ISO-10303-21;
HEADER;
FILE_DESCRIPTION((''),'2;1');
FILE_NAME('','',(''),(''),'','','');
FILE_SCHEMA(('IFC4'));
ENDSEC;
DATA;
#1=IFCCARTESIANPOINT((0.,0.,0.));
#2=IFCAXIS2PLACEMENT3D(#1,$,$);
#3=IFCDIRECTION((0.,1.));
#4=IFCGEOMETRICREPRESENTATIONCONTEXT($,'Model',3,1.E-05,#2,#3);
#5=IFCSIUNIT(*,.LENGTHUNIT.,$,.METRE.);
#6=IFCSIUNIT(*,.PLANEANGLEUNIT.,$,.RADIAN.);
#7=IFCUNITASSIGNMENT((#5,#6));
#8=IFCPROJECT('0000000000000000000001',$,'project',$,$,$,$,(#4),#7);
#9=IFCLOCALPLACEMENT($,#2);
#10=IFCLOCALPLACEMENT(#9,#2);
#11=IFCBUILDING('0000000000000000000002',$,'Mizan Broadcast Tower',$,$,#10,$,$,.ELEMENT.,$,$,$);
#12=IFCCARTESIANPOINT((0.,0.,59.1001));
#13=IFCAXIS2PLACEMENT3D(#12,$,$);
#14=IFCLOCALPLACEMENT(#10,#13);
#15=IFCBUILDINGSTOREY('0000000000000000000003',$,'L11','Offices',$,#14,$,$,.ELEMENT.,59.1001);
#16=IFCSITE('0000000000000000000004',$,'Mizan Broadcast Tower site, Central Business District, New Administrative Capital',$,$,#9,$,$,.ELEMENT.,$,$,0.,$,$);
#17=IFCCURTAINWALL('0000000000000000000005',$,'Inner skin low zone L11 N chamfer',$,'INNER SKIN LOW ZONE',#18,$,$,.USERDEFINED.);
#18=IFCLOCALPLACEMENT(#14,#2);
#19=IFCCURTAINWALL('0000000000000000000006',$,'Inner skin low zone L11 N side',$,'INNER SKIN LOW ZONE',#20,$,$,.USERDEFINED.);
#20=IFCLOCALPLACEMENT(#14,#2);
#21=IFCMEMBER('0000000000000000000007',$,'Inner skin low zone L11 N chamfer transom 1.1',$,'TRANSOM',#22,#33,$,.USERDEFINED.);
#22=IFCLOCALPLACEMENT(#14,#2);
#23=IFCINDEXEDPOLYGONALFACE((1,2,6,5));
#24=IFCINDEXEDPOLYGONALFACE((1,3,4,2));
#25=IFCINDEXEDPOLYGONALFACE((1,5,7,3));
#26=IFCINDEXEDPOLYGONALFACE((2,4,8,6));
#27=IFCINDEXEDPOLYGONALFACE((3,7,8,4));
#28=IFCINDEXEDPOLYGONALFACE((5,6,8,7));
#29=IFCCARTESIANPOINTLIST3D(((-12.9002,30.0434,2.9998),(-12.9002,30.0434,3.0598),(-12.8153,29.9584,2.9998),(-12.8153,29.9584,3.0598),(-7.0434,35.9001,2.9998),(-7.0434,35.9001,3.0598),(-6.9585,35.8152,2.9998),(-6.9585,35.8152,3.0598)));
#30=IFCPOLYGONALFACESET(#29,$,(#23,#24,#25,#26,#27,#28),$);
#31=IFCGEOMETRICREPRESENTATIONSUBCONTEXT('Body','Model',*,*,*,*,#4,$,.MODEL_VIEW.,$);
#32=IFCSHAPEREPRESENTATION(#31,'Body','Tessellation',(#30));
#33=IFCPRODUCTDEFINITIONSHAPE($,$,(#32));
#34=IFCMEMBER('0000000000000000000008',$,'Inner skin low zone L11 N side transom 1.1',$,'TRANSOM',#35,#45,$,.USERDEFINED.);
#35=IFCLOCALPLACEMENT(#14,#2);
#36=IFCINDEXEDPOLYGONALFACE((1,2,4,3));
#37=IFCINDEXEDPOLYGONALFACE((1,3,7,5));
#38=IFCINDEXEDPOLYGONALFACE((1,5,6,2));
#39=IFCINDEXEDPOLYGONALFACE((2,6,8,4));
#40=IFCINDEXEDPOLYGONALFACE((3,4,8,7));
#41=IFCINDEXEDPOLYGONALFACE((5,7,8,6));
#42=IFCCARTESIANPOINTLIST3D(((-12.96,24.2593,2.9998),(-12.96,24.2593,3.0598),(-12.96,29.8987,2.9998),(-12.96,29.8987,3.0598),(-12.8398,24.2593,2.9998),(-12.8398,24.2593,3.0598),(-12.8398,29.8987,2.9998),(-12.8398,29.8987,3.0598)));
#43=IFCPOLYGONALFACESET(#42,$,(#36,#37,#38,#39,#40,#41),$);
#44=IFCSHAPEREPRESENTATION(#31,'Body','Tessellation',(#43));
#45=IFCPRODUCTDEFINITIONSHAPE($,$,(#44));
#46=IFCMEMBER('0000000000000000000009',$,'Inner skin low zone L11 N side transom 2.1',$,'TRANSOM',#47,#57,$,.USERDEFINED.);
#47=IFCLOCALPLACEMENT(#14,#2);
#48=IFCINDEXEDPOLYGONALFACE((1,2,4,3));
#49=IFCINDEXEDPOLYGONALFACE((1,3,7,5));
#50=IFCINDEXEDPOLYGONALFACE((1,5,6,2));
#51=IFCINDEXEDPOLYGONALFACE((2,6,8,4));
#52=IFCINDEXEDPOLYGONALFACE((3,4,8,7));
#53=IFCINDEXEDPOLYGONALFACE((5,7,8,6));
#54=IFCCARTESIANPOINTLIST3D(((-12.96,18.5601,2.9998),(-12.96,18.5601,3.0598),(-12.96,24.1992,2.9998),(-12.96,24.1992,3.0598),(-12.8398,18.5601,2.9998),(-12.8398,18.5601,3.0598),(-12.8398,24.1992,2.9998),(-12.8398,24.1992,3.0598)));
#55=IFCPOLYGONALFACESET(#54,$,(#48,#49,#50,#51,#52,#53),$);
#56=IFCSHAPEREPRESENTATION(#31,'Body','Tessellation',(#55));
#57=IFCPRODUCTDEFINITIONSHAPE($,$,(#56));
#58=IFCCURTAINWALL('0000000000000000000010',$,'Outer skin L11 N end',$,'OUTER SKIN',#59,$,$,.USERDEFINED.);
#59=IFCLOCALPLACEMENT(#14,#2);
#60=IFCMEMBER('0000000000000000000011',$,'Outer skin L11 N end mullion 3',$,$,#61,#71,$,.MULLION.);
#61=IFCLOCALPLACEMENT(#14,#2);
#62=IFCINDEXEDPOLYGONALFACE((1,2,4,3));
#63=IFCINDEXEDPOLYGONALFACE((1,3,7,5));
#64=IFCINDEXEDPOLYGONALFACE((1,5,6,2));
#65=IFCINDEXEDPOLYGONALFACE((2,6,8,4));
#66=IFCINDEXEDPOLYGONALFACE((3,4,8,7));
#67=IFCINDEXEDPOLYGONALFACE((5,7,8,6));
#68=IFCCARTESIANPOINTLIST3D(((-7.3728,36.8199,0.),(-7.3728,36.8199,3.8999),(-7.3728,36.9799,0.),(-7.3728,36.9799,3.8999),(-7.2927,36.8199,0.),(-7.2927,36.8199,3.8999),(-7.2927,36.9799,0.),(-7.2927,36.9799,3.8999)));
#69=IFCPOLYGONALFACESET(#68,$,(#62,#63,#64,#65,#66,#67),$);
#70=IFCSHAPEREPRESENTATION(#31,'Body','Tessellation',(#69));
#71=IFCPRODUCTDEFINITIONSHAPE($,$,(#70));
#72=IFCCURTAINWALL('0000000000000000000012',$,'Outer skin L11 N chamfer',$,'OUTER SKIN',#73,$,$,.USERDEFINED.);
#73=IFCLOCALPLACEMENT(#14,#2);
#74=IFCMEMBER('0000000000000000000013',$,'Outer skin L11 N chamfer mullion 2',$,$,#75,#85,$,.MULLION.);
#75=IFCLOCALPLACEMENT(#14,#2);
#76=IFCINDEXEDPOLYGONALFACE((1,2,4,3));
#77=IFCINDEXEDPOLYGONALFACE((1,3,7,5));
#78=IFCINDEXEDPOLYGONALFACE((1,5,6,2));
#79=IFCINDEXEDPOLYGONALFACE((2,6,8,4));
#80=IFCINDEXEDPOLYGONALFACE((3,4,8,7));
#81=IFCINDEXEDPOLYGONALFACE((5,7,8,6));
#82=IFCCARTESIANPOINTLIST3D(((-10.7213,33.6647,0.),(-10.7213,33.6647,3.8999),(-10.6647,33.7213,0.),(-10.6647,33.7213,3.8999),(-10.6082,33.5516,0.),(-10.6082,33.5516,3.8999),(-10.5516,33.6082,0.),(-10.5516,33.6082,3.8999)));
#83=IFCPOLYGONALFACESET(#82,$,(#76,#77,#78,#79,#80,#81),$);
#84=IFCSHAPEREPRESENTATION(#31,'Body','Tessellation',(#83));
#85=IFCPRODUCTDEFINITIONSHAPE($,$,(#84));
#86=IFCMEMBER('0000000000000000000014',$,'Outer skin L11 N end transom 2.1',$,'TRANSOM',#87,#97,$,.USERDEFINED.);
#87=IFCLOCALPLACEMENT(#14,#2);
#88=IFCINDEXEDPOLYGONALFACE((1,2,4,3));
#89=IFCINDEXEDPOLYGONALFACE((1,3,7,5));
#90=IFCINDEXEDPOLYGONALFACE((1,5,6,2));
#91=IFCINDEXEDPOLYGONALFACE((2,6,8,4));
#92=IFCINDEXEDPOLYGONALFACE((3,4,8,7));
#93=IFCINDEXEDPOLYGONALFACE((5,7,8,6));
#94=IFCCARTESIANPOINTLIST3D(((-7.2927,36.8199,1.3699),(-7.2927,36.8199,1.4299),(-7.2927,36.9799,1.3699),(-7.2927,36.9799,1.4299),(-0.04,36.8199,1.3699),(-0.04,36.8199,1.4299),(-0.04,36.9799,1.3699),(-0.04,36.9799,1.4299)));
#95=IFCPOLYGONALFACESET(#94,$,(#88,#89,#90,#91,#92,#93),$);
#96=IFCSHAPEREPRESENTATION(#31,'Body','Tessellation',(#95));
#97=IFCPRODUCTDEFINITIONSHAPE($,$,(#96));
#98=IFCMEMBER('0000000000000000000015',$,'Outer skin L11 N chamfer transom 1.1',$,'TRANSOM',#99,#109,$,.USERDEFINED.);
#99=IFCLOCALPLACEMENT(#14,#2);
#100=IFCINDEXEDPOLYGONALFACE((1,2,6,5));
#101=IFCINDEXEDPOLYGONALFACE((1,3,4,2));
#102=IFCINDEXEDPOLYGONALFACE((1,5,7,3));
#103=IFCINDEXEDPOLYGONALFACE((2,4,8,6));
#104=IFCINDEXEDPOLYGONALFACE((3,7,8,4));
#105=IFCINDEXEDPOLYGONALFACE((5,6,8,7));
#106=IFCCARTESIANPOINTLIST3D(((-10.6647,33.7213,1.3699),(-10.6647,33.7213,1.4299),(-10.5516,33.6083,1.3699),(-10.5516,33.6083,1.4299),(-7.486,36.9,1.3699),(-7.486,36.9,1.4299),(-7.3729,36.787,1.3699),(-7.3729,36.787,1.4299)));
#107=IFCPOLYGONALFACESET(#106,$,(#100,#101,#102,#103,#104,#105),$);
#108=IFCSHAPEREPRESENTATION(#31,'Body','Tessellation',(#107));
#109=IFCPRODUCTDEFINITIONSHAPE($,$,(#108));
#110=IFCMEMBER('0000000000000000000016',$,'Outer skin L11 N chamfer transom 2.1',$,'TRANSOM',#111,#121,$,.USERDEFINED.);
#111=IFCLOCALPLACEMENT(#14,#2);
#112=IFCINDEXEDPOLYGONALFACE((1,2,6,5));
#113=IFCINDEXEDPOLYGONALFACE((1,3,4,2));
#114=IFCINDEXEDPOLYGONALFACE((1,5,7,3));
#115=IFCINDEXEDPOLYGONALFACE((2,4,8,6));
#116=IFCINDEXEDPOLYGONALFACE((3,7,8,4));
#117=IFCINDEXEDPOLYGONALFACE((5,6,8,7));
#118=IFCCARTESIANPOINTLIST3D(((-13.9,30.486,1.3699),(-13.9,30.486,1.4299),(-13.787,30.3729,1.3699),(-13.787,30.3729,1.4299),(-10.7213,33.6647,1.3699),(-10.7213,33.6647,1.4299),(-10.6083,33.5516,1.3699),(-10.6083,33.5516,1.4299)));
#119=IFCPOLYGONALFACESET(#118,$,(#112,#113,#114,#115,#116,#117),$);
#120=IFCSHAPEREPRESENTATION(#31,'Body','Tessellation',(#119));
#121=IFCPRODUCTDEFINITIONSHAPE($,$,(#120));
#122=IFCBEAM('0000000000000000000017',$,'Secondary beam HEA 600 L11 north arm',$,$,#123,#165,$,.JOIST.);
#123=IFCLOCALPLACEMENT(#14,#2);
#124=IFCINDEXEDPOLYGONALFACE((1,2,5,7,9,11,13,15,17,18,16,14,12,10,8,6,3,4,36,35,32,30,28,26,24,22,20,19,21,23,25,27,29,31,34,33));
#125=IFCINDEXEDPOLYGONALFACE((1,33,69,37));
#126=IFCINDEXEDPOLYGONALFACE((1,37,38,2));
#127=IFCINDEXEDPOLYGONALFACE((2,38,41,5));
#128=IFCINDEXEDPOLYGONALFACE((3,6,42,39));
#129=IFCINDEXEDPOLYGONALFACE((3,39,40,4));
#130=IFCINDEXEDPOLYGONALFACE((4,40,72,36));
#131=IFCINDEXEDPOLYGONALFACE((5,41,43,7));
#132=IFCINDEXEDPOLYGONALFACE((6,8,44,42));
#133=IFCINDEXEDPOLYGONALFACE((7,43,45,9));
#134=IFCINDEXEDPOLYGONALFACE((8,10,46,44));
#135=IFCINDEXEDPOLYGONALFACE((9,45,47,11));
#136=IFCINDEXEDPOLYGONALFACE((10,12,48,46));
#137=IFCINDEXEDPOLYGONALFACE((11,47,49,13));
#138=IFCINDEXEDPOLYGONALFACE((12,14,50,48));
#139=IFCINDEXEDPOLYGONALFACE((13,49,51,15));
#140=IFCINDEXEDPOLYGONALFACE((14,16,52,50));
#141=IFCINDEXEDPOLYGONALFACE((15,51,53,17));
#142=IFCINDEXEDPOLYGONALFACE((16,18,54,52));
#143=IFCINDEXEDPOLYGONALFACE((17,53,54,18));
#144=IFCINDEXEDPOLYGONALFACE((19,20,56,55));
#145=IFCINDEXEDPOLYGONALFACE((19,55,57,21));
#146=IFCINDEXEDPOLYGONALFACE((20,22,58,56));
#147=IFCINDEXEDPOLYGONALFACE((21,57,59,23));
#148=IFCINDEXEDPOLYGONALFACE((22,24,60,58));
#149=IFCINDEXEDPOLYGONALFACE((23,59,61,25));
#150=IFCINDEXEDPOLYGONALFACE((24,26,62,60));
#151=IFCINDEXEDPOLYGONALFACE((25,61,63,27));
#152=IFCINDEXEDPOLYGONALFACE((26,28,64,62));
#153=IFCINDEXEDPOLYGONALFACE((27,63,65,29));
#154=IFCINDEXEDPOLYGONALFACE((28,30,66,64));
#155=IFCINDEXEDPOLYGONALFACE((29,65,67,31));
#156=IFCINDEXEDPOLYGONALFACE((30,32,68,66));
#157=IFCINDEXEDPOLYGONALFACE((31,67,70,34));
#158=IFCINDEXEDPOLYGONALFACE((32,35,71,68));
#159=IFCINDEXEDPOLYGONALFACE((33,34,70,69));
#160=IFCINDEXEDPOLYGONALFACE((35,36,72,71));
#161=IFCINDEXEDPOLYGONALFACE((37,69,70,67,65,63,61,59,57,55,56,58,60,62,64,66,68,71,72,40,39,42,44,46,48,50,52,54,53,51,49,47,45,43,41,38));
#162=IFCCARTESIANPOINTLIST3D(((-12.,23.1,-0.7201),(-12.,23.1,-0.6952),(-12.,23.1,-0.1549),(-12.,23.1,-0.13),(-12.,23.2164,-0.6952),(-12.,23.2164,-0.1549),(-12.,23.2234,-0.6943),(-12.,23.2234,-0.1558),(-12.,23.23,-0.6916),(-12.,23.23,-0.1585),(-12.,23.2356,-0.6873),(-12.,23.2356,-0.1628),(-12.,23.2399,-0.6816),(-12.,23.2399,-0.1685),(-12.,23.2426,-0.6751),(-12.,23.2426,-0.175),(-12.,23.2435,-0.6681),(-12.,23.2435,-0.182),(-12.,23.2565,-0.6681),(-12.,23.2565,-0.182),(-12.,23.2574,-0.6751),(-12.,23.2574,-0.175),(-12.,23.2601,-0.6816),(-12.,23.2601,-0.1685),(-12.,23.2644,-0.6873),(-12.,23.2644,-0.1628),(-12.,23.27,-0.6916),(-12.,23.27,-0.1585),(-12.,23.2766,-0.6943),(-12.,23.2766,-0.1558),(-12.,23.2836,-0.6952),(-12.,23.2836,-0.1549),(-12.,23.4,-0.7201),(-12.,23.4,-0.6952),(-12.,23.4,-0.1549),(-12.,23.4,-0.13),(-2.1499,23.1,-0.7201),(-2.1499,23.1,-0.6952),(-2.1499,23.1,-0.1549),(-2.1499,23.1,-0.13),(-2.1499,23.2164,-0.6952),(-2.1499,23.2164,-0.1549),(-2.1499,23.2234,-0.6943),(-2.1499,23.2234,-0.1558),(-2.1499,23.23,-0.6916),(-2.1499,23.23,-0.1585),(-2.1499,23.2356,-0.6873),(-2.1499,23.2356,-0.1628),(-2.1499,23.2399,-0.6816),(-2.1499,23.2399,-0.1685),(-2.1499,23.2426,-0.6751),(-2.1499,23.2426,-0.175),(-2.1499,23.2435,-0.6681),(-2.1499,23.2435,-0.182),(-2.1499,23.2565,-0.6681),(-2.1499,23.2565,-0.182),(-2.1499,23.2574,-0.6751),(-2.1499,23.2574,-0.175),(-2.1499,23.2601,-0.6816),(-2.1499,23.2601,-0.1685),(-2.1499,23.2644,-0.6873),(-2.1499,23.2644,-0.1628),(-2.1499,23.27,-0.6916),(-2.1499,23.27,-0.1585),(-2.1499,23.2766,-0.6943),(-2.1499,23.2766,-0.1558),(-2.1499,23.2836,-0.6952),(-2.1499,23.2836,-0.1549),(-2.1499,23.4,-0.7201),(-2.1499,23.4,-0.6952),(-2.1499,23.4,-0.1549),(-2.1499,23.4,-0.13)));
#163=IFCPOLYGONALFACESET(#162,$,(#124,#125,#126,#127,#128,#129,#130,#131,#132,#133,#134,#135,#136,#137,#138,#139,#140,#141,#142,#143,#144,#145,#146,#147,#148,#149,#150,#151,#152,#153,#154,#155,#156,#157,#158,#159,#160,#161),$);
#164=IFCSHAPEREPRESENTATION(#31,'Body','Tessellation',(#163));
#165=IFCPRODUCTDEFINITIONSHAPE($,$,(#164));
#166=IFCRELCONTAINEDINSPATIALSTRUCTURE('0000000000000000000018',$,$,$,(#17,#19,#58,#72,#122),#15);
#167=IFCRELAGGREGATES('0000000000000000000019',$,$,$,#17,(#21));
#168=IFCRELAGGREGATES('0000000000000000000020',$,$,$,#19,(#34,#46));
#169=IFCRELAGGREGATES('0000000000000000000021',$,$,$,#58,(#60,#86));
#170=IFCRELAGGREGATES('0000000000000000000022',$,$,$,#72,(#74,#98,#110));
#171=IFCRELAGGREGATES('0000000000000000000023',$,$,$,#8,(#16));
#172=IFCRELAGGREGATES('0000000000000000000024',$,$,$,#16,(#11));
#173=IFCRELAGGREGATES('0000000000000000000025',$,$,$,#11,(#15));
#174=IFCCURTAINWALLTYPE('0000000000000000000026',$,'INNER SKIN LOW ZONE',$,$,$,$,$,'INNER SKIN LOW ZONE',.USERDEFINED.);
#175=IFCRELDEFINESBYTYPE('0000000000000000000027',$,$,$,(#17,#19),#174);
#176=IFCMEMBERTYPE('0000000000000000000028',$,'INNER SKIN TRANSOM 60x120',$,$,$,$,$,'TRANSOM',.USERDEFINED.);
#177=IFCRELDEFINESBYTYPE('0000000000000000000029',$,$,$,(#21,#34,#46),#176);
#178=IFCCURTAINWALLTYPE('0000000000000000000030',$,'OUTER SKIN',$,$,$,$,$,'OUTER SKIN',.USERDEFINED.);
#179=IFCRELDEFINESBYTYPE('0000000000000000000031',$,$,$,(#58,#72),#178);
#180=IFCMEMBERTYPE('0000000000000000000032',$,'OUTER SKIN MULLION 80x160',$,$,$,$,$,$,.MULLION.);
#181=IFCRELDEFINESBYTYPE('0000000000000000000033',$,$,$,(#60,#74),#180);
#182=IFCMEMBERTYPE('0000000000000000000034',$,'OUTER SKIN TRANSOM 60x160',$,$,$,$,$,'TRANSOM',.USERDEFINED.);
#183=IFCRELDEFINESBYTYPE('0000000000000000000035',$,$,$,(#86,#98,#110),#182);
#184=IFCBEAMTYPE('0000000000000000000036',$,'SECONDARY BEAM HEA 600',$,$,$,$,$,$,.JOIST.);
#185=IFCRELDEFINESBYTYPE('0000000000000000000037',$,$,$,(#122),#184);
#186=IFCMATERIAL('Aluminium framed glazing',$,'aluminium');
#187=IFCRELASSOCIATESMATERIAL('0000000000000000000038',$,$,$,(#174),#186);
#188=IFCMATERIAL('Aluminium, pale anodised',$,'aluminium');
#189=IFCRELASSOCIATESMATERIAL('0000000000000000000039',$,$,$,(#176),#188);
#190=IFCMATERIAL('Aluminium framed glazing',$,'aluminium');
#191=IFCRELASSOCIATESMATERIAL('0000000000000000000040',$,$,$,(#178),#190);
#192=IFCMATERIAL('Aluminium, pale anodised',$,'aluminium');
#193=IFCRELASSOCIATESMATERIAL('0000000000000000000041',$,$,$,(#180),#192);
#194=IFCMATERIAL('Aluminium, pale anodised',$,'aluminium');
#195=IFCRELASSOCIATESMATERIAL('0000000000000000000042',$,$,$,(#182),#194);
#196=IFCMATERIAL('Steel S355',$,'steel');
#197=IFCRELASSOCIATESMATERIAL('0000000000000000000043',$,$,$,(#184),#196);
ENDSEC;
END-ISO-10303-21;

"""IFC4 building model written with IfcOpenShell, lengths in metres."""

from ifc_helpers import new_model, si_unit, direction, frame, origin, origin_2d, place, context, subcontext, project, spatial, rectangle, i_section, extrude, material, material_profile, profile_set, type_object, element, aggregate, save


model = new_model("IFC4")

# Units and contexts
model_context = context("Model", 3, precision=1e-05, world=origin(), true_north=direction((0.0, 1.0)))
body_context = subcontext(model_context, "Body", "Model", "MODEL_VIEW")
ifc_project = project(units=[si_unit("LENGTHUNIT", "METRE"), si_unit("PLANEANGLEUNIT", "RADIAN")], contexts=[model_context])

# Site, building, storey
site_placement = place(None, origin())
site = spatial("IfcSite", under=ifc_project, at=site_placement, Name="Mizan Broadcast Tower site, Central Business District, New Administrative Capital", CompositionType="ELEMENT", RefElevation=0.0)
building_placement = place(site_placement, origin())
building = spatial("IfcBuilding", under=site, at=building_placement, Name="Mizan Broadcast Tower", CompositionType="ELEMENT")
storey_placement = place(building_placement, frame((0.0, 0.0, 59.1001)))
storey = spatial("IfcBuildingStorey", under=building, at=storey_placement, Name="L11", Description="Offices", CompositionType="ELEMENT", Elevation=59.1001)

# Curtain walls
ifc_material_1 = material(Name="Aluminium framed glazing", Category="aluminium")
curtain_wall_type_1 = type_object("IfcCurtainWallType", Name="INNER SKIN LOW ZONE", ElementType="INNER SKIN LOW ZONE", PredefinedType="USERDEFINED", material=ifc_material_1)
curtain_wall_1_placement = place(storey_placement, origin())
curtain_wall_1 = element("IfcCurtainWall", 1, at=curtain_wall_1_placement, inside=storey, type_object=curtain_wall_type_1, Name="Inner skin low zone L11 N chamfer", ObjectType="INNER SKIN LOW ZONE", PredefinedType="USERDEFINED")
curtain_wall_2_placement = place(storey_placement, origin())
curtain_wall_2 = element("IfcCurtainWall", 2, at=curtain_wall_2_placement, inside=storey, type_object=curtain_wall_type_1, Name="Inner skin low zone L11 N side", ObjectType="INNER SKIN LOW ZONE", PredefinedType="USERDEFINED")

# Members
ifc_material_2 = material(Name="Aluminium, pale anodised", Category="aluminium")
ifc_material_profile_1 = material_profile(ifc_material_2, rectangle(XDim=0.1201, YDim=0.0601, at=origin_2d()), Name="TRANSOM 120x60")
ifc_profile_set_1 = profile_set([ifc_material_profile_1], Name="Aluminium, pale anodised")
member_type_1 = type_object("IfcMemberType", Name="INNER SKIN TRANSOM 60x120", ElementType="TRANSOM", PredefinedType="USERDEFINED", material=ifc_profile_set_1)
member_1_placement = place(storey_placement, frame((-7.001, 35.8577, 3.0298), z_axis=(-0.707107, -0.707107, 0.0), x_axis=(0.707107, -0.707107, 0.0)))
member_1 = element("IfcMember", 3, at=member_1_placement, type_object=member_type_1, Name="Inner skin low zone L11 N chamfer transom 1.1", ObjectType="TRANSOM", PredefinedType="USERDEFINED", context=body_context, shape_type="SweptSolid", body=[
    extrude(rectangle(XDim=0.1201, YDim=0.0601, at=origin_2d()), origin(), (0.0, 0.0, 1.0), 8.2827),
])
member_2_placement = place(storey_placement, frame((-12.8999, 29.8987, 3.0298), z_axis=(0.0, -1.0, 0.0), x_axis=(1.0, 0.0, 0.0)))
member_2 = element("IfcMember", 4, at=member_2_placement, type_object=member_type_1, Name="Inner skin low zone L11 N side transom 1.1", ObjectType="TRANSOM", PredefinedType="USERDEFINED", context=body_context, shape_type="SweptSolid", body=[
    extrude(rectangle(XDim=0.1201, YDim=0.0601, at=origin_2d()), origin(), (0.0, 0.0, 1.0), 5.6394),
])
member_3_placement = place(storey_placement, frame((-12.8999, 24.1992, 3.0298), z_axis=(0.0, -1.0, 0.0), x_axis=(1.0, 0.0, 0.0)))
member_3 = element("IfcMember", 5, at=member_3_placement, type_object=member_type_1, Name="Inner skin low zone L11 N side transom 2.1", ObjectType="TRANSOM", PredefinedType="USERDEFINED", context=body_context, shape_type="SweptSolid", body=[
    extrude(rectangle(XDim=0.1201, YDim=0.0601, at=origin_2d()), origin(), (0.0, 0.0, 1.0), 5.6392),
])

# Curtain walls, members
ifc_material_3 = material(Name="Aluminium framed glazing", Category="aluminium")
curtain_wall_type_2 = type_object("IfcCurtainWallType", Name="OUTER SKIN", ElementType="OUTER SKIN", PredefinedType="USERDEFINED", material=ifc_material_3)
curtain_wall_3_placement = place(storey_placement, origin())
curtain_wall_3 = element("IfcCurtainWall", 6, at=curtain_wall_3_placement, inside=storey, type_object=curtain_wall_type_2, Name="Outer skin L11 N end", ObjectType="OUTER SKIN", PredefinedType="USERDEFINED")
ifc_material_4 = material(Name="Aluminium, pale anodised", Category="aluminium")
ifc_material_profile_2 = material_profile(ifc_material_4, rectangle(XDim=0.1599, YDim=0.0801, at=origin_2d()), Name="MULLION 160x80")
ifc_profile_set_2 = profile_set([ifc_material_profile_2], Name="Aluminium, pale anodised")
member_type_2 = type_object("IfcMemberType", Name="OUTER SKIN MULLION 80x160", PredefinedType="MULLION", material=ifc_profile_set_2)
member_4_placement = place(storey_placement, frame((-7.3328, 36.8999, 0.0), z_axis=(0.0, 0.0, 1.0), x_axis=(0.0, -1.0, 0.0)))
member_4 = element("IfcMember", 7, at=member_4_placement, type_object=member_type_2, Name="Outer skin L11 N end mullion 3", PredefinedType="MULLION", context=body_context, shape_type="SweptSolid", body=[
    extrude(rectangle(XDim=0.1599, YDim=0.0801, at=origin_2d()), origin(), (0.0, 0.0, 1.0), 3.8999),
])
curtain_wall_4_placement = place(storey_placement, origin())
curtain_wall_4 = element("IfcCurtainWall", 8, at=curtain_wall_4_placement, inside=storey, type_object=curtain_wall_type_2, Name="Outer skin L11 N chamfer", ObjectType="OUTER SKIN", PredefinedType="USERDEFINED")
member_5_placement = place(storey_placement, frame((-10.6365, 33.6365, 0.0), z_axis=(0.0, 0.0, 1.0), x_axis=(0.707107, -0.707107, 0.0)))
member_5 = element("IfcMember", 9, at=member_5_placement, type_object=member_type_2, Name="Outer skin L11 N chamfer mullion 2", PredefinedType="MULLION", context=body_context, shape_type="SweptSolid", body=[
    extrude(rectangle(XDim=0.1599, YDim=0.0801, at=origin_2d()), origin(), (0.0, 0.0, 1.0), 3.8999),
])

# Members
ifc_material_5 = material(Name="Aluminium, pale anodised", Category="aluminium")
ifc_material_profile_3 = material_profile(ifc_material_5, rectangle(XDim=0.1599, YDim=0.0601, at=origin_2d()), Name="TRANSOM 160x60")
ifc_profile_set_3 = profile_set([ifc_material_profile_3], Name="Aluminium, pale anodised")
member_type_3 = type_object("IfcMemberType", Name="OUTER SKIN TRANSOM 60x160", ElementType="TRANSOM", PredefinedType="USERDEFINED", material=ifc_profile_set_3)
member_6_placement = place(storey_placement, frame((-0.04, 36.8999, 1.3999), z_axis=(-1.0, 0.0, 0.0), x_axis=(0.0, -1.0, 0.0)))
member_6 = element("IfcMember", 10, at=member_6_placement, type_object=member_type_3, Name="Outer skin L11 N end transom 2.1", ObjectType="TRANSOM", PredefinedType="USERDEFINED", context=body_context, shape_type="SweptSolid", body=[
    extrude(rectangle(XDim=0.1599, YDim=0.0601, at=origin_2d()), origin(), (0.0, 0.0, 1.0), 7.2527),
])
member_7_placement = place(storey_placement, frame((-7.4294, 36.8435, 1.3999), z_axis=(-0.707107, -0.707107, 0.0), x_axis=(0.707107, -0.707107, 0.0)))
member_7 = element("IfcMember", 11, at=member_7_placement, type_object=member_type_3, Name="Outer skin L11 N chamfer transom 1.1", ObjectType="TRANSOM", PredefinedType="USERDEFINED", context=body_context, shape_type="SweptSolid", body=[
    extrude(rectangle(XDim=0.1599, YDim=0.0601, at=origin_2d()), origin(), (0.0, 0.0, 1.0), 4.4954),
])
member_8_placement = place(storey_placement, frame((-10.6648, 33.6082, 1.3999), z_axis=(-0.707107, -0.707107, 0.0), x_axis=(0.707107, -0.707107, 0.0)))
member_8 = element("IfcMember", 12, at=member_8_placement, type_object=member_type_3, Name="Outer skin L11 N chamfer transom 2.1", ObjectType="TRANSOM", PredefinedType="USERDEFINED", context=body_context, shape_type="SweptSolid", body=[
    extrude(rectangle(XDim=0.1599, YDim=0.0601, at=origin_2d()), origin(), (0.0, 0.0, 1.0), 4.4954),
])

# Beam
ifc_material_6 = material(Name="Steel S355", Category="steel")
ifc_material_profile_4 = material_profile(ifc_material_6, i_section(OverallWidth=0.3, OverallDepth=0.5901, WebThickness=0.0129, FlangeThickness=0.0249, FilletRadius=0.0271, at=origin_2d()), Name="HEA 600")
ifc_profile_set_4 = profile_set([ifc_material_profile_4], Name="Steel S355")
beam_type_1 = type_object("IfcBeamType", Name="SECONDARY BEAM HEA 600", PredefinedType="JOIST", material=ifc_profile_set_4)
beam_1_placement = place(storey_placement, frame((-12.0, 23.25, -0.425), z_axis=(1.0, 0.0, 0.0), x_axis=(0.0, 1.0, 0.0)))
element("IfcBeam", 13, at=beam_1_placement, inside=storey, type_object=beam_type_1, Name="Secondary beam HEA 600 L11 north arm", PredefinedType="JOIST", context=body_context, shape_type="SweptSolid", body=[
    extrude(i_section(OverallWidth=0.3, OverallDepth=0.5901, WebThickness=0.0129, FlangeThickness=0.0249, FilletRadius=0.0271, at=origin_2d()), origin(), (0.0, 0.0, 1.0), 9.8501),
])

aggregate(curtain_wall_1, [member_1])
aggregate(curtain_wall_2, [member_2, member_3])
aggregate(curtain_wall_3, [member_4, member_6])
aggregate(curtain_wall_4, [member_5, member_7, member_8])

save(model, "model.ifc")
